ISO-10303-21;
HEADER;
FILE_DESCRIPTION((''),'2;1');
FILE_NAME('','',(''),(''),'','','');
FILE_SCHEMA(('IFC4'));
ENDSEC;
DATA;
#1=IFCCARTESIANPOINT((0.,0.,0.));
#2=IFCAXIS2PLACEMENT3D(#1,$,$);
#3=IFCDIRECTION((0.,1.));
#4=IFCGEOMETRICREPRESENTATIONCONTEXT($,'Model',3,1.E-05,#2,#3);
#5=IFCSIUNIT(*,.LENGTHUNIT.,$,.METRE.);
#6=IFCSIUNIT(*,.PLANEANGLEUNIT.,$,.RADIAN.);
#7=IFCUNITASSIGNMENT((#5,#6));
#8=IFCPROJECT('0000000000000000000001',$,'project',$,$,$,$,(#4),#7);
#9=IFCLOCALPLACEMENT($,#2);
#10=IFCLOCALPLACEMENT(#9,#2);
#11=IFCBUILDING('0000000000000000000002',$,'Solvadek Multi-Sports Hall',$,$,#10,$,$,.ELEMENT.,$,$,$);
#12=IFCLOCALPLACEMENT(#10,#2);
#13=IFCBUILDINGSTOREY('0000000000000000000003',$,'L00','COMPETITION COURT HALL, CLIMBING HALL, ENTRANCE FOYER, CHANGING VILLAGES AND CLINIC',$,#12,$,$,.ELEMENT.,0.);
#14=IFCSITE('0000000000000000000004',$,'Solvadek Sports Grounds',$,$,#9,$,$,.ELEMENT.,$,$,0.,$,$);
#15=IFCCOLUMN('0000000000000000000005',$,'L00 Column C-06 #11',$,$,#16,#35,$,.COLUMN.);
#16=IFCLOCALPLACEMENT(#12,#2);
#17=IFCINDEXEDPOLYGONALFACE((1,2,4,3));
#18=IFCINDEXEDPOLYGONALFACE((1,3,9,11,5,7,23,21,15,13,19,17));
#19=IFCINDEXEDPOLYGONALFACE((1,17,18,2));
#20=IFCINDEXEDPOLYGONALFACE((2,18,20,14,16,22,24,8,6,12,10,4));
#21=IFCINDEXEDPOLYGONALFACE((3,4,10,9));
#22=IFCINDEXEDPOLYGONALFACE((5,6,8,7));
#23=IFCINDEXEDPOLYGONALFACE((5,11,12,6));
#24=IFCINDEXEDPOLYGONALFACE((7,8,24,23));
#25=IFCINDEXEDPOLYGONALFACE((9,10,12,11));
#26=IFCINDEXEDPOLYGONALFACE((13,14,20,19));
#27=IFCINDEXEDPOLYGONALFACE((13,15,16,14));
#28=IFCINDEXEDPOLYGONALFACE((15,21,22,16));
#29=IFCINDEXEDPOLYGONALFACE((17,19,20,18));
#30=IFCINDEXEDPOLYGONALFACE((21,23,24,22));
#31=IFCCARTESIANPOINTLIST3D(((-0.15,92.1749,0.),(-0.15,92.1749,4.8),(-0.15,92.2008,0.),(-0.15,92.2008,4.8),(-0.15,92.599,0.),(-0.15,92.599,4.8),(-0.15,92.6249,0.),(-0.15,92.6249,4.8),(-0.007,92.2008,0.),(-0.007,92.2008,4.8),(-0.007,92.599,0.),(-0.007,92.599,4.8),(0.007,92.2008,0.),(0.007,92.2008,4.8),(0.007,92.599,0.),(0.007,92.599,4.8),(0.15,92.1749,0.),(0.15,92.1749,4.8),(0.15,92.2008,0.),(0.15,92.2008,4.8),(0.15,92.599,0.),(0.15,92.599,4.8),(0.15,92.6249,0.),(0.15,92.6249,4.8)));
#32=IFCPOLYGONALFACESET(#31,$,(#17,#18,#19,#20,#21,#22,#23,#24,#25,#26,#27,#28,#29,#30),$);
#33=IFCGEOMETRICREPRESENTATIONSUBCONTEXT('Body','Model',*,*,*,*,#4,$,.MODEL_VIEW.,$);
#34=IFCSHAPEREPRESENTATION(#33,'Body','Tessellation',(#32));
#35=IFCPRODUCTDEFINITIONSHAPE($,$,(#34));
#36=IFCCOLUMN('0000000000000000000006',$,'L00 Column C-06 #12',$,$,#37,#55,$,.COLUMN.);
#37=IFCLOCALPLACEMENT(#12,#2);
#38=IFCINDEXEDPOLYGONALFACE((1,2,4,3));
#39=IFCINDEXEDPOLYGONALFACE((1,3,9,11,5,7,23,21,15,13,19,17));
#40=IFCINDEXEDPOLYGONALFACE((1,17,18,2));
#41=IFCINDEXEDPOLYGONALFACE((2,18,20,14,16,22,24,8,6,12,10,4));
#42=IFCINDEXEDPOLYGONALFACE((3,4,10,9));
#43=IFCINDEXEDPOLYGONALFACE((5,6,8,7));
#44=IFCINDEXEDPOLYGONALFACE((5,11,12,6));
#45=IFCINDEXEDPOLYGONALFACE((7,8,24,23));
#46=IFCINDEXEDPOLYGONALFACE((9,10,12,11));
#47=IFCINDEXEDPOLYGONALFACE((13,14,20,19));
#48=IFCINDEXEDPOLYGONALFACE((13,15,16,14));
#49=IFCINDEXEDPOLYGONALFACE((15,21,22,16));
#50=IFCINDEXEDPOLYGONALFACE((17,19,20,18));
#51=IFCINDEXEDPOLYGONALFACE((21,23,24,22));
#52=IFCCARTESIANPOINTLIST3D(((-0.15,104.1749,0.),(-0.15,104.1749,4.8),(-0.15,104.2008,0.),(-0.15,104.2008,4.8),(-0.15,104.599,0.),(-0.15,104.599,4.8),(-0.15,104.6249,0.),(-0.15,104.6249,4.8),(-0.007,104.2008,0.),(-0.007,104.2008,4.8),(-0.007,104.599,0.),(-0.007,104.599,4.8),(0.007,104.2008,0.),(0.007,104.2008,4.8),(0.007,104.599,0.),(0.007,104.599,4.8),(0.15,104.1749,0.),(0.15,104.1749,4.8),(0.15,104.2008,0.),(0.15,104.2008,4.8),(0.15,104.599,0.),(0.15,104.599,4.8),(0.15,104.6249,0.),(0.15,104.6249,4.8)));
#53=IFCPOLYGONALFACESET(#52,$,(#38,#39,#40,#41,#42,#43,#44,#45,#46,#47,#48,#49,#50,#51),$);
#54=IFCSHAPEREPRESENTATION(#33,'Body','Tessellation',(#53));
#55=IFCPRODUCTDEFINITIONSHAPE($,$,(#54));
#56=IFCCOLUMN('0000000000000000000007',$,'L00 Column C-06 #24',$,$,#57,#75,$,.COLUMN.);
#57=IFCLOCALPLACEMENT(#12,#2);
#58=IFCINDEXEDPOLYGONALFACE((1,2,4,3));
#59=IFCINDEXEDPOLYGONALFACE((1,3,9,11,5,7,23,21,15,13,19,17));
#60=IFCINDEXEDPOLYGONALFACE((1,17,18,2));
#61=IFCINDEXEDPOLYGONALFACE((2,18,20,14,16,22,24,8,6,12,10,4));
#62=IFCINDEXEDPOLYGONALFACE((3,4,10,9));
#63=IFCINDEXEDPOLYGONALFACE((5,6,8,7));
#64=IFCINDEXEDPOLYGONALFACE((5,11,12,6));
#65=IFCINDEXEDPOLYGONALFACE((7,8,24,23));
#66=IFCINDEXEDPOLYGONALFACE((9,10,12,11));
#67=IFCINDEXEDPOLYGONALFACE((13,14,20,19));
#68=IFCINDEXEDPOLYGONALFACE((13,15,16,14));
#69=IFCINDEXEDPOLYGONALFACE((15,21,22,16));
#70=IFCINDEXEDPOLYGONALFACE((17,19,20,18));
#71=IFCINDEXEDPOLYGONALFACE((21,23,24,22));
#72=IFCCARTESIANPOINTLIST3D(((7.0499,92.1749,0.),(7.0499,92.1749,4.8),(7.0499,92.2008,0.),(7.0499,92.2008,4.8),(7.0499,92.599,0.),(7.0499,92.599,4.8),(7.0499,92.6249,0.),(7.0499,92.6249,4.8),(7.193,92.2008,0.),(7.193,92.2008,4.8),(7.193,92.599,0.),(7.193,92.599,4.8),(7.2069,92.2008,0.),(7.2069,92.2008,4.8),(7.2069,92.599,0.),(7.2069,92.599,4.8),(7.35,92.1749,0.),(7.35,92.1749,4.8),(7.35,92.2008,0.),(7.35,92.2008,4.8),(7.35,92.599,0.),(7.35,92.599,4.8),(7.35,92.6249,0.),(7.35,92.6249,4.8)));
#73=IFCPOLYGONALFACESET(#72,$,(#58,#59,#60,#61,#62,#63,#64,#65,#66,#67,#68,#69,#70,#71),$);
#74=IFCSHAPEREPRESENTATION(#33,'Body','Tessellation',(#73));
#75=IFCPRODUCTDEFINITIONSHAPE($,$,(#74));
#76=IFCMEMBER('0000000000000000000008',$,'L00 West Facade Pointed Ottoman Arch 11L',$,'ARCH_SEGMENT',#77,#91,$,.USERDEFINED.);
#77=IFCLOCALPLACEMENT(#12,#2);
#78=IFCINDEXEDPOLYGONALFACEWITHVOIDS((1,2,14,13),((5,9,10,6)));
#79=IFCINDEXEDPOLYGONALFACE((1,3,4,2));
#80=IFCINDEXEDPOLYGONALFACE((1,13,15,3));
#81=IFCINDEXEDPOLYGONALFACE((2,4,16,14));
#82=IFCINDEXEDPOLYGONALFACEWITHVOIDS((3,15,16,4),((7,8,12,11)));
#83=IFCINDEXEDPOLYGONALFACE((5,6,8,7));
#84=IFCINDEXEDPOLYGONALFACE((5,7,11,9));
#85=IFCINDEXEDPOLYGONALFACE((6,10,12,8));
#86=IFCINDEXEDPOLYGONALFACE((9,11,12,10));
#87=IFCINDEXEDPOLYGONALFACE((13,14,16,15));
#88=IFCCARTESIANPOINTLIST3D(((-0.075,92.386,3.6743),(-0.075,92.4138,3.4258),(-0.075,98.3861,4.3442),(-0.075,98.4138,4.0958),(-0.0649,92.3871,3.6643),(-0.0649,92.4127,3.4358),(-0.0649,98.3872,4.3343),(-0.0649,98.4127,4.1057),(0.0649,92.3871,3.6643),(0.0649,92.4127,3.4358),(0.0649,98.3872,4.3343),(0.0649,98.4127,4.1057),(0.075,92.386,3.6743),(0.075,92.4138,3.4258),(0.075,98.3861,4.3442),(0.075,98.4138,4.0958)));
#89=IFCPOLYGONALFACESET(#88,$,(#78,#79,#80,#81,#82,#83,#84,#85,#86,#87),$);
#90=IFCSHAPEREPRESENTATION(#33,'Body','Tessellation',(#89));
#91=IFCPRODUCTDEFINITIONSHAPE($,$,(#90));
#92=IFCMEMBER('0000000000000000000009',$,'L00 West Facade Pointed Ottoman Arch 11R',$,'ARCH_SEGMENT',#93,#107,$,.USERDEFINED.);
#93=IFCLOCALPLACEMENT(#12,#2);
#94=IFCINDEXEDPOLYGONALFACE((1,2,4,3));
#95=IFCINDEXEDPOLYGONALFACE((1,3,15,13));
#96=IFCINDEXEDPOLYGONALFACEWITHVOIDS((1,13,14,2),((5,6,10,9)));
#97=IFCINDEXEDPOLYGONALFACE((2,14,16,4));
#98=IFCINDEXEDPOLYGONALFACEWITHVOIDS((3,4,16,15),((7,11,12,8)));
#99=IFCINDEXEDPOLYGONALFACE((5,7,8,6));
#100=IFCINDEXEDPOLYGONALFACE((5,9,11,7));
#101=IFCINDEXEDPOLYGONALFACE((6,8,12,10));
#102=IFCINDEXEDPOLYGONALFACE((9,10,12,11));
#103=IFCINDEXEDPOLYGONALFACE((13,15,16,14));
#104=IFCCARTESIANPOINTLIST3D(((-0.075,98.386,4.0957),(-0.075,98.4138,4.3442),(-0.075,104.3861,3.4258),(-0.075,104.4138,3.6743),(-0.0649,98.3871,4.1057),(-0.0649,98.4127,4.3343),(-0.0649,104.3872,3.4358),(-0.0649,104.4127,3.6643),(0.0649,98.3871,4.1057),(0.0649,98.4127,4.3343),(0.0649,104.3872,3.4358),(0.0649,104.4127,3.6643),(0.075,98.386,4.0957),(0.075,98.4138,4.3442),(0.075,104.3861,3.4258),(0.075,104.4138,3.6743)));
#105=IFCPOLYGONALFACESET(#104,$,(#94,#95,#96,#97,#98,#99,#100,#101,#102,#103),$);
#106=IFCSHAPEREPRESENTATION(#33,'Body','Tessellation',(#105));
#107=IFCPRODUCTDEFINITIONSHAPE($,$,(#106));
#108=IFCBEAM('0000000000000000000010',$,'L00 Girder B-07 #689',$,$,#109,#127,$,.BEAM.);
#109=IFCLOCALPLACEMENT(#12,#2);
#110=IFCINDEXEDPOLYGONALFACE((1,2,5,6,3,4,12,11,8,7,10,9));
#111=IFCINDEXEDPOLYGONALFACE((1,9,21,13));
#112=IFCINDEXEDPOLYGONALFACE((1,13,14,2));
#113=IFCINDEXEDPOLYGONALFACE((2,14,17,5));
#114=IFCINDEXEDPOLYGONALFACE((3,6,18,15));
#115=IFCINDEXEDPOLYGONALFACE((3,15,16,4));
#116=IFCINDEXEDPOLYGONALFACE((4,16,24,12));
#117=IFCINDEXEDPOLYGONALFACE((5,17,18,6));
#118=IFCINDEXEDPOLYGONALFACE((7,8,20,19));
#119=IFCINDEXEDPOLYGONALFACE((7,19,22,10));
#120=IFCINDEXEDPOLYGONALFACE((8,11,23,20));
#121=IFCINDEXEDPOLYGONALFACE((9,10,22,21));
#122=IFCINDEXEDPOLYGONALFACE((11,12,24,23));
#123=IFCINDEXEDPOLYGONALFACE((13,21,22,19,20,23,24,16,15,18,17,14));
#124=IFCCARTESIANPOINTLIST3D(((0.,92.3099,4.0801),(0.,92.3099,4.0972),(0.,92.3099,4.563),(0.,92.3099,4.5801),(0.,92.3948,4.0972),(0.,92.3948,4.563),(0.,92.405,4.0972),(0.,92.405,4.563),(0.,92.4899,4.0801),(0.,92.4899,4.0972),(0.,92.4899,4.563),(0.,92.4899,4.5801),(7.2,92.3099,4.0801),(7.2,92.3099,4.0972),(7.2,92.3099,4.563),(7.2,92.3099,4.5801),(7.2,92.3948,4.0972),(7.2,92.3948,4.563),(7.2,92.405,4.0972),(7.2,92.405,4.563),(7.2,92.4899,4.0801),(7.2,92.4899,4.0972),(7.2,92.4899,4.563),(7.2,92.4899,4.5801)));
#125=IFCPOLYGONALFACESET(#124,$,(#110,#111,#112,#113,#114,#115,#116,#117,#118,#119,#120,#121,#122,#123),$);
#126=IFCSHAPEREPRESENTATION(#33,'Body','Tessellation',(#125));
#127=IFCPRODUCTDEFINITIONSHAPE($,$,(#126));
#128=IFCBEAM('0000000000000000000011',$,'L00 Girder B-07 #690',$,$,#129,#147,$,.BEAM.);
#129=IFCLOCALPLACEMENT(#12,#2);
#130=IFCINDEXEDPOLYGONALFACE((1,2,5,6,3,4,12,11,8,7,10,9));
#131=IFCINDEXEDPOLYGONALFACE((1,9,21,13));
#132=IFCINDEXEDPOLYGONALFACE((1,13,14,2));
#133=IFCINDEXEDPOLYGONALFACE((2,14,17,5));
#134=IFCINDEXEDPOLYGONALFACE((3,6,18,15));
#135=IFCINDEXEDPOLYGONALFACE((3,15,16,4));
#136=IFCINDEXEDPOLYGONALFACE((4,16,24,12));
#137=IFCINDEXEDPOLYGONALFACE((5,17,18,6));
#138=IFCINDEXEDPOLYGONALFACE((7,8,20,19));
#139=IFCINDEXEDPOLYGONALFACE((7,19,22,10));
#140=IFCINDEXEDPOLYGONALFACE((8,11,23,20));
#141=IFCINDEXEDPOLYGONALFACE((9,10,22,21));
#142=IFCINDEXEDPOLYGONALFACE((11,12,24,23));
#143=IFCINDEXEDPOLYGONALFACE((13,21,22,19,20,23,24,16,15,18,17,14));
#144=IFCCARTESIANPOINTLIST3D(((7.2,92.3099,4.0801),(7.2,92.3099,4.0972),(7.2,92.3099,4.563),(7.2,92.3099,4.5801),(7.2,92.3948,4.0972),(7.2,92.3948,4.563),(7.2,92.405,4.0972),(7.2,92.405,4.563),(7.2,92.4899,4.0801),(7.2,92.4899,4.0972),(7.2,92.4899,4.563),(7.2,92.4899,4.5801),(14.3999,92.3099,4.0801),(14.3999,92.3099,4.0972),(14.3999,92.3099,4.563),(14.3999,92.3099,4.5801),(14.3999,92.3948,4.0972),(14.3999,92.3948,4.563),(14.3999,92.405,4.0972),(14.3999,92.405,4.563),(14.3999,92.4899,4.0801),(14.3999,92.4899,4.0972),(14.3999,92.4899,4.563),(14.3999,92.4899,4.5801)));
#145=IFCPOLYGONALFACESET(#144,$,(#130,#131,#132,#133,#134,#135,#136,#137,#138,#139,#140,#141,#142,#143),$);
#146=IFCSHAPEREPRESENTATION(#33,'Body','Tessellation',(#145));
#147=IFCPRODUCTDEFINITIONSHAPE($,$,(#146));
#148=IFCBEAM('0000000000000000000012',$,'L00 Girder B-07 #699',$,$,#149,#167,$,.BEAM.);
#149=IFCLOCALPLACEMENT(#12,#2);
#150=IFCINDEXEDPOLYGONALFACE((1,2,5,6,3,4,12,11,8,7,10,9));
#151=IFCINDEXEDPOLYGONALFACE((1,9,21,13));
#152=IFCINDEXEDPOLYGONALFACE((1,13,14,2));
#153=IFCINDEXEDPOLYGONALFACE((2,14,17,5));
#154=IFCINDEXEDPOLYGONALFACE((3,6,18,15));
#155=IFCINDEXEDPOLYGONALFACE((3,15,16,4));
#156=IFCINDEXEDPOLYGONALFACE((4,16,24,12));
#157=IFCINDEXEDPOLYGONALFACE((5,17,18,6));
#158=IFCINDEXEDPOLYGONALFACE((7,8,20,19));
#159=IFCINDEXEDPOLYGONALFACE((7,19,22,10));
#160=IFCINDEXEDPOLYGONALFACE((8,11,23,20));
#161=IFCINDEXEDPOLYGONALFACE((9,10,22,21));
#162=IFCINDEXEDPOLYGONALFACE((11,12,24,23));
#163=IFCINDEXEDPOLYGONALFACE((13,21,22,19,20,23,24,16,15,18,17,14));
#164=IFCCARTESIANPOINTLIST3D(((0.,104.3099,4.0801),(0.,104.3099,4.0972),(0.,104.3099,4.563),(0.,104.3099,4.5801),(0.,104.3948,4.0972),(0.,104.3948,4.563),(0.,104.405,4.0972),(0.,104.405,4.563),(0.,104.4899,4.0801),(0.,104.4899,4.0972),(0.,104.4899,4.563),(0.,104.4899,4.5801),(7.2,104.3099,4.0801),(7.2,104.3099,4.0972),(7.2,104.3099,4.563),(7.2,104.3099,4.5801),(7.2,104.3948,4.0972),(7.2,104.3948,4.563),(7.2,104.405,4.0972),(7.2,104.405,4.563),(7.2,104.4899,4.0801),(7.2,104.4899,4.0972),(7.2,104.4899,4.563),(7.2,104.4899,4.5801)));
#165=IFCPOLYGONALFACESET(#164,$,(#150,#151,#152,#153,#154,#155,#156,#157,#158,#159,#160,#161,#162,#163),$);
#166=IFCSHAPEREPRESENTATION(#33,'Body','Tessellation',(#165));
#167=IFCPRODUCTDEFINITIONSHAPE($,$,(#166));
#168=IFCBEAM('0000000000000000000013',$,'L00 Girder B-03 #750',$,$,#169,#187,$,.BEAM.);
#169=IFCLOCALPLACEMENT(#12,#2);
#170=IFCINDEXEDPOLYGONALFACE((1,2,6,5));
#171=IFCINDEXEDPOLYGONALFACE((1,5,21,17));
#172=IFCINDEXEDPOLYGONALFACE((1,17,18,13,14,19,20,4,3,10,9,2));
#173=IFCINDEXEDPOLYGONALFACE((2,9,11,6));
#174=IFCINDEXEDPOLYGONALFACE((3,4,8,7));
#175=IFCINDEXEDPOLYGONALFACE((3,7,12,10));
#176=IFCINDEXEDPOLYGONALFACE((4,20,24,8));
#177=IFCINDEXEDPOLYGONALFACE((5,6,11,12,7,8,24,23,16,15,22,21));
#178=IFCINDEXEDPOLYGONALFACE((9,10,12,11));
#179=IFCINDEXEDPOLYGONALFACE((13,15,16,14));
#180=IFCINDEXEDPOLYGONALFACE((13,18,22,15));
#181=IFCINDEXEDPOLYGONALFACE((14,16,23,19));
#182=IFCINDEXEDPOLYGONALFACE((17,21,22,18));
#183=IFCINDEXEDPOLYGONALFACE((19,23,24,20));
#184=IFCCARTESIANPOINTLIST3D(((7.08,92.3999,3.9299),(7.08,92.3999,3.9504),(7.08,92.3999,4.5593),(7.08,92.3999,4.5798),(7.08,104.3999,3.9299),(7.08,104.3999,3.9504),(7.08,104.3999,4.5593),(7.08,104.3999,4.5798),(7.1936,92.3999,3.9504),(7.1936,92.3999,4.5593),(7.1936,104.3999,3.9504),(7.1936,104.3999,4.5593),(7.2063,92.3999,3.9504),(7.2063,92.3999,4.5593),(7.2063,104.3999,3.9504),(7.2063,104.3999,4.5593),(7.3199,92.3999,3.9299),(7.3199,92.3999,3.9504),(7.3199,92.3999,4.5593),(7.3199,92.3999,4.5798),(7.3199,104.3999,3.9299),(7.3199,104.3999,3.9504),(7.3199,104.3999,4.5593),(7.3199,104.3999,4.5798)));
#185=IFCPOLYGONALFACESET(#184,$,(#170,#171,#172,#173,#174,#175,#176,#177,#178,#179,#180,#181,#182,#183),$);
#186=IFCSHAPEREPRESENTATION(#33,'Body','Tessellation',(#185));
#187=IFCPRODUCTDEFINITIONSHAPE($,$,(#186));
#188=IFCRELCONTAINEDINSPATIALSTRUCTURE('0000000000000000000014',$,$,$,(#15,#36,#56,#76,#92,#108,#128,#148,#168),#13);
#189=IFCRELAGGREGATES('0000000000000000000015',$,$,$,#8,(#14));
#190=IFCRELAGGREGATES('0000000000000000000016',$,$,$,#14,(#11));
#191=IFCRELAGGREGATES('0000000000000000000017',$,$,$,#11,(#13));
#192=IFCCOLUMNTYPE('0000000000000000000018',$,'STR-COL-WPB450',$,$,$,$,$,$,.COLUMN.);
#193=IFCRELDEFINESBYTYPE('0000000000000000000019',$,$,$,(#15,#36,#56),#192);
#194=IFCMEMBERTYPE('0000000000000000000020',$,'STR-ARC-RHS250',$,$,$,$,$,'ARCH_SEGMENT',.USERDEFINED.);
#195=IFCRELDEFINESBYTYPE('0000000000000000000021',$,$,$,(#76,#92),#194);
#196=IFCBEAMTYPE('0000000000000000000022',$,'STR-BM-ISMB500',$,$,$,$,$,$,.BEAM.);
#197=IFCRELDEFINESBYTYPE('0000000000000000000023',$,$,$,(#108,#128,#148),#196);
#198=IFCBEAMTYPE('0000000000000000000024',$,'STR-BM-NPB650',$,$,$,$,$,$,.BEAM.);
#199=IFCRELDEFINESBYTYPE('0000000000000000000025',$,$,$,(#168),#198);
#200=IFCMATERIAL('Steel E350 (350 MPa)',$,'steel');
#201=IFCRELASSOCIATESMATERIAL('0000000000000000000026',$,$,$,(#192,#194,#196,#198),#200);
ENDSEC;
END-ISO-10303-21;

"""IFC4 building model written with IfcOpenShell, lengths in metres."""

from ifc_helpers import new_model, si_unit, direction, frame, origin, origin_2d, place, context, subcontext, project, spatial, hollow_rectangle, i_section, extrude, material, material_profile, profile_set, type_object, element, save


model = new_model("IFC4")

# Units and contexts
model_context = context("Model", 3, precision=1e-05, world=origin(), true_north=direction((0.0, 1.0)))
body_context = subcontext(model_context, "Body", "Model", "MODEL_VIEW")
ifc_project = project(units=[si_unit("LENGTHUNIT", "METRE"), si_unit("PLANEANGLEUNIT", "RADIAN")], contexts=[model_context])

# Site, building, storey
site_placement = place(None, origin())
site = spatial("IfcSite", under=ifc_project, at=site_placement, Name="Solvadek Sports Grounds", CompositionType="ELEMENT", RefElevation=0.0)
building_placement = place(site_placement, origin())
building = spatial("IfcBuilding", under=site, at=building_placement, Name="Solvadek Multi-Sports Hall", CompositionType="ELEMENT")
storey_placement = place(building_placement, origin())
storey = spatial("IfcBuildingStorey", under=building, at=storey_placement, Name="L00", Description="COMPETITION COURT HALL, CLIMBING HALL, ENTRANCE FOYER, CHANGING VILLAGES AND CLINIC", CompositionType="ELEMENT", Elevation=0.0)

# Columns
ifc_material_1 = material(Name="Steel E350 (350 MPa)", Category="steel")
ifc_material_profile_1 = material_profile(ifc_material_1, i_section(OverallWidth=0.3, OverallDepth=0.45, WebThickness=0.0139, FlangeThickness=0.0259, at=origin_2d()), Name="WPB 450")
ifc_profile_set_1 = profile_set([ifc_material_profile_1], Name="Steel E350 (350 MPa)")
column_type = type_object("IfcColumnType", Name="STR-COL-WPB450", PredefinedType="COLUMN", material=ifc_profile_set_1)
for number, where, z_axis, x_axis, name in (
    (1, (0.0, 92.3999, 0.0), (0.0, 0.0, 1.0), (1.0, 0.0, 0.0), "L00 Column C-06 #11"),
    (2, (0.0, 104.3999, 0.0), (0.0, 0.0, 1.0), (1.0, 0.0, 0.0), "L00 Column C-06 #12"),
    (3, (7.2, 92.3999, 0.0), (0.0, 0.0, 1.0), (1.0, 0.0, 0.0), "L00 Column C-06 #24"),
):
    element("IfcColumn", number, at=place(storey_placement, frame(where, z_axis=z_axis, x_axis=x_axis)), inside=storey, type_object=column_type, Name=name, PredefinedType="COLUMN", context=body_context, shape_type="SweptSolid", body=[
        extrude(i_section(OverallWidth=0.3, OverallDepth=0.45, WebThickness=0.0139, FlangeThickness=0.0259, at=origin_2d()), origin(), (0.0, 0.0, 1.0), 4.8),
    ])

# Members
ifc_material_profile_2 = material_profile(ifc_material_1, hollow_rectangle(XDim=0.1499, YDim=0.25, WallThickness=0.01, at=origin_2d()), Name="RHS 250x150x10")
ifc_profile_set_2 = profile_set([ifc_material_profile_2], Name="Steel E350 (350 MPa)")
member_type = type_object("IfcMemberType", Name="STR-ARC-RHS250", ElementType="ARCH_SEGMENT", PredefinedType="USERDEFINED", material=ifc_profile_set_2)
for number, where, z_axis, x_axis, name in (
    (4, (0.0, 92.3999, 3.55), (0.0, 0.993824, 0.110964), (-1.0, 0.0, 0.0), "L00 West Facade Pointed Ottoman Arch 11L"),
    (5, (0.0, 98.3999, 4.22), (0.0, 0.993824, -0.110964), (-1.0, 0.0, 0.0), "L00 West Facade Pointed Ottoman Arch 11R"),
):
    element("IfcMember", number, at=place(storey_placement, frame(where, z_axis=z_axis, x_axis=x_axis)), inside=storey, type_object=member_type, Name=name, ObjectType="ARCH_SEGMENT", PredefinedType="USERDEFINED", context=body_context, shape_type="SweptSolid", body=[
        extrude(hollow_rectangle(XDim=0.1499, YDim=0.25, WallThickness=0.01, at=origin_2d()), origin(), (0.0, 0.0, 1.0), 6.0374),
    ])

# Beams
ifc_material_profile_3 = material_profile(ifc_material_1, i_section(OverallWidth=0.1799, OverallDepth=0.5, WebThickness=0.0103, FlangeThickness=0.0171, at=origin_2d()), Name="ISMB 500")
ifc_profile_set_3 = profile_set([ifc_material_profile_3], Name="Steel E350 (350 MPa)")
beam_type_1 = type_object("IfcBeamType", Name="STR-BM-ISMB500", PredefinedType="BEAM", material=ifc_profile_set_3)
for number, where, z_axis, x_axis, name in (
    (6, (0.0, 92.3999, 4.3301), (1.0, 0.0, 0.0), (0.0, 1.0, 0.0), "L00 Girder B-07 #689"),
    (7, (7.2, 92.3999, 4.3301), (1.0, 0.0, 0.0), (0.0, 1.0, 0.0), "L00 Girder B-07 #690"),
    (8, (0.0, 104.3999, 4.3301), (1.0, 0.0, 0.0), (0.0, 1.0, 0.0), "L00 Girder B-07 #699"),
):
    element("IfcBeam", number, at=place(storey_placement, frame(where, z_axis=z_axis, x_axis=x_axis)), inside=storey, type_object=beam_type_1, Name=name, PredefinedType="BEAM", context=body_context, shape_type="SweptSolid", body=[
        extrude(i_section(OverallWidth=0.1799, OverallDepth=0.5, WebThickness=0.0103, FlangeThickness=0.0171, at=origin_2d()), origin(), (0.0, 0.0, 1.0), 7.2),
    ])
ifc_material_profile_4 = material_profile(ifc_material_1, i_section(OverallWidth=0.24, OverallDepth=0.6499, WebThickness=0.0127, FlangeThickness=0.0205, at=origin_2d()), Name="NPB 650")
ifc_profile_set_4 = profile_set([ifc_material_profile_4], Name="Steel E350 (350 MPa)")
beam_type_2 = type_object("IfcBeamType", Name="STR-BM-NPB650", PredefinedType="BEAM", material=ifc_profile_set_4)
beam_1_placement = place(storey_placement, frame((7.2, 92.3999, 4.2549), z_axis=(0.0, 1.0, 0.0), x_axis=(-1.0, 0.0, 0.0)))
element("IfcBeam", 9, at=beam_1_placement, inside=storey, type_object=beam_type_2, Name="L00 Girder B-03 #750", PredefinedType="BEAM", context=body_context, shape_type="SweptSolid", body=[
    extrude(i_section(OverallWidth=0.24, OverallDepth=0.6499, WebThickness=0.0127, FlangeThickness=0.0205, at=origin_2d()), origin(), (0.0, 0.0, 1.0), 12.0),
])

save(model, "model.ifc")
